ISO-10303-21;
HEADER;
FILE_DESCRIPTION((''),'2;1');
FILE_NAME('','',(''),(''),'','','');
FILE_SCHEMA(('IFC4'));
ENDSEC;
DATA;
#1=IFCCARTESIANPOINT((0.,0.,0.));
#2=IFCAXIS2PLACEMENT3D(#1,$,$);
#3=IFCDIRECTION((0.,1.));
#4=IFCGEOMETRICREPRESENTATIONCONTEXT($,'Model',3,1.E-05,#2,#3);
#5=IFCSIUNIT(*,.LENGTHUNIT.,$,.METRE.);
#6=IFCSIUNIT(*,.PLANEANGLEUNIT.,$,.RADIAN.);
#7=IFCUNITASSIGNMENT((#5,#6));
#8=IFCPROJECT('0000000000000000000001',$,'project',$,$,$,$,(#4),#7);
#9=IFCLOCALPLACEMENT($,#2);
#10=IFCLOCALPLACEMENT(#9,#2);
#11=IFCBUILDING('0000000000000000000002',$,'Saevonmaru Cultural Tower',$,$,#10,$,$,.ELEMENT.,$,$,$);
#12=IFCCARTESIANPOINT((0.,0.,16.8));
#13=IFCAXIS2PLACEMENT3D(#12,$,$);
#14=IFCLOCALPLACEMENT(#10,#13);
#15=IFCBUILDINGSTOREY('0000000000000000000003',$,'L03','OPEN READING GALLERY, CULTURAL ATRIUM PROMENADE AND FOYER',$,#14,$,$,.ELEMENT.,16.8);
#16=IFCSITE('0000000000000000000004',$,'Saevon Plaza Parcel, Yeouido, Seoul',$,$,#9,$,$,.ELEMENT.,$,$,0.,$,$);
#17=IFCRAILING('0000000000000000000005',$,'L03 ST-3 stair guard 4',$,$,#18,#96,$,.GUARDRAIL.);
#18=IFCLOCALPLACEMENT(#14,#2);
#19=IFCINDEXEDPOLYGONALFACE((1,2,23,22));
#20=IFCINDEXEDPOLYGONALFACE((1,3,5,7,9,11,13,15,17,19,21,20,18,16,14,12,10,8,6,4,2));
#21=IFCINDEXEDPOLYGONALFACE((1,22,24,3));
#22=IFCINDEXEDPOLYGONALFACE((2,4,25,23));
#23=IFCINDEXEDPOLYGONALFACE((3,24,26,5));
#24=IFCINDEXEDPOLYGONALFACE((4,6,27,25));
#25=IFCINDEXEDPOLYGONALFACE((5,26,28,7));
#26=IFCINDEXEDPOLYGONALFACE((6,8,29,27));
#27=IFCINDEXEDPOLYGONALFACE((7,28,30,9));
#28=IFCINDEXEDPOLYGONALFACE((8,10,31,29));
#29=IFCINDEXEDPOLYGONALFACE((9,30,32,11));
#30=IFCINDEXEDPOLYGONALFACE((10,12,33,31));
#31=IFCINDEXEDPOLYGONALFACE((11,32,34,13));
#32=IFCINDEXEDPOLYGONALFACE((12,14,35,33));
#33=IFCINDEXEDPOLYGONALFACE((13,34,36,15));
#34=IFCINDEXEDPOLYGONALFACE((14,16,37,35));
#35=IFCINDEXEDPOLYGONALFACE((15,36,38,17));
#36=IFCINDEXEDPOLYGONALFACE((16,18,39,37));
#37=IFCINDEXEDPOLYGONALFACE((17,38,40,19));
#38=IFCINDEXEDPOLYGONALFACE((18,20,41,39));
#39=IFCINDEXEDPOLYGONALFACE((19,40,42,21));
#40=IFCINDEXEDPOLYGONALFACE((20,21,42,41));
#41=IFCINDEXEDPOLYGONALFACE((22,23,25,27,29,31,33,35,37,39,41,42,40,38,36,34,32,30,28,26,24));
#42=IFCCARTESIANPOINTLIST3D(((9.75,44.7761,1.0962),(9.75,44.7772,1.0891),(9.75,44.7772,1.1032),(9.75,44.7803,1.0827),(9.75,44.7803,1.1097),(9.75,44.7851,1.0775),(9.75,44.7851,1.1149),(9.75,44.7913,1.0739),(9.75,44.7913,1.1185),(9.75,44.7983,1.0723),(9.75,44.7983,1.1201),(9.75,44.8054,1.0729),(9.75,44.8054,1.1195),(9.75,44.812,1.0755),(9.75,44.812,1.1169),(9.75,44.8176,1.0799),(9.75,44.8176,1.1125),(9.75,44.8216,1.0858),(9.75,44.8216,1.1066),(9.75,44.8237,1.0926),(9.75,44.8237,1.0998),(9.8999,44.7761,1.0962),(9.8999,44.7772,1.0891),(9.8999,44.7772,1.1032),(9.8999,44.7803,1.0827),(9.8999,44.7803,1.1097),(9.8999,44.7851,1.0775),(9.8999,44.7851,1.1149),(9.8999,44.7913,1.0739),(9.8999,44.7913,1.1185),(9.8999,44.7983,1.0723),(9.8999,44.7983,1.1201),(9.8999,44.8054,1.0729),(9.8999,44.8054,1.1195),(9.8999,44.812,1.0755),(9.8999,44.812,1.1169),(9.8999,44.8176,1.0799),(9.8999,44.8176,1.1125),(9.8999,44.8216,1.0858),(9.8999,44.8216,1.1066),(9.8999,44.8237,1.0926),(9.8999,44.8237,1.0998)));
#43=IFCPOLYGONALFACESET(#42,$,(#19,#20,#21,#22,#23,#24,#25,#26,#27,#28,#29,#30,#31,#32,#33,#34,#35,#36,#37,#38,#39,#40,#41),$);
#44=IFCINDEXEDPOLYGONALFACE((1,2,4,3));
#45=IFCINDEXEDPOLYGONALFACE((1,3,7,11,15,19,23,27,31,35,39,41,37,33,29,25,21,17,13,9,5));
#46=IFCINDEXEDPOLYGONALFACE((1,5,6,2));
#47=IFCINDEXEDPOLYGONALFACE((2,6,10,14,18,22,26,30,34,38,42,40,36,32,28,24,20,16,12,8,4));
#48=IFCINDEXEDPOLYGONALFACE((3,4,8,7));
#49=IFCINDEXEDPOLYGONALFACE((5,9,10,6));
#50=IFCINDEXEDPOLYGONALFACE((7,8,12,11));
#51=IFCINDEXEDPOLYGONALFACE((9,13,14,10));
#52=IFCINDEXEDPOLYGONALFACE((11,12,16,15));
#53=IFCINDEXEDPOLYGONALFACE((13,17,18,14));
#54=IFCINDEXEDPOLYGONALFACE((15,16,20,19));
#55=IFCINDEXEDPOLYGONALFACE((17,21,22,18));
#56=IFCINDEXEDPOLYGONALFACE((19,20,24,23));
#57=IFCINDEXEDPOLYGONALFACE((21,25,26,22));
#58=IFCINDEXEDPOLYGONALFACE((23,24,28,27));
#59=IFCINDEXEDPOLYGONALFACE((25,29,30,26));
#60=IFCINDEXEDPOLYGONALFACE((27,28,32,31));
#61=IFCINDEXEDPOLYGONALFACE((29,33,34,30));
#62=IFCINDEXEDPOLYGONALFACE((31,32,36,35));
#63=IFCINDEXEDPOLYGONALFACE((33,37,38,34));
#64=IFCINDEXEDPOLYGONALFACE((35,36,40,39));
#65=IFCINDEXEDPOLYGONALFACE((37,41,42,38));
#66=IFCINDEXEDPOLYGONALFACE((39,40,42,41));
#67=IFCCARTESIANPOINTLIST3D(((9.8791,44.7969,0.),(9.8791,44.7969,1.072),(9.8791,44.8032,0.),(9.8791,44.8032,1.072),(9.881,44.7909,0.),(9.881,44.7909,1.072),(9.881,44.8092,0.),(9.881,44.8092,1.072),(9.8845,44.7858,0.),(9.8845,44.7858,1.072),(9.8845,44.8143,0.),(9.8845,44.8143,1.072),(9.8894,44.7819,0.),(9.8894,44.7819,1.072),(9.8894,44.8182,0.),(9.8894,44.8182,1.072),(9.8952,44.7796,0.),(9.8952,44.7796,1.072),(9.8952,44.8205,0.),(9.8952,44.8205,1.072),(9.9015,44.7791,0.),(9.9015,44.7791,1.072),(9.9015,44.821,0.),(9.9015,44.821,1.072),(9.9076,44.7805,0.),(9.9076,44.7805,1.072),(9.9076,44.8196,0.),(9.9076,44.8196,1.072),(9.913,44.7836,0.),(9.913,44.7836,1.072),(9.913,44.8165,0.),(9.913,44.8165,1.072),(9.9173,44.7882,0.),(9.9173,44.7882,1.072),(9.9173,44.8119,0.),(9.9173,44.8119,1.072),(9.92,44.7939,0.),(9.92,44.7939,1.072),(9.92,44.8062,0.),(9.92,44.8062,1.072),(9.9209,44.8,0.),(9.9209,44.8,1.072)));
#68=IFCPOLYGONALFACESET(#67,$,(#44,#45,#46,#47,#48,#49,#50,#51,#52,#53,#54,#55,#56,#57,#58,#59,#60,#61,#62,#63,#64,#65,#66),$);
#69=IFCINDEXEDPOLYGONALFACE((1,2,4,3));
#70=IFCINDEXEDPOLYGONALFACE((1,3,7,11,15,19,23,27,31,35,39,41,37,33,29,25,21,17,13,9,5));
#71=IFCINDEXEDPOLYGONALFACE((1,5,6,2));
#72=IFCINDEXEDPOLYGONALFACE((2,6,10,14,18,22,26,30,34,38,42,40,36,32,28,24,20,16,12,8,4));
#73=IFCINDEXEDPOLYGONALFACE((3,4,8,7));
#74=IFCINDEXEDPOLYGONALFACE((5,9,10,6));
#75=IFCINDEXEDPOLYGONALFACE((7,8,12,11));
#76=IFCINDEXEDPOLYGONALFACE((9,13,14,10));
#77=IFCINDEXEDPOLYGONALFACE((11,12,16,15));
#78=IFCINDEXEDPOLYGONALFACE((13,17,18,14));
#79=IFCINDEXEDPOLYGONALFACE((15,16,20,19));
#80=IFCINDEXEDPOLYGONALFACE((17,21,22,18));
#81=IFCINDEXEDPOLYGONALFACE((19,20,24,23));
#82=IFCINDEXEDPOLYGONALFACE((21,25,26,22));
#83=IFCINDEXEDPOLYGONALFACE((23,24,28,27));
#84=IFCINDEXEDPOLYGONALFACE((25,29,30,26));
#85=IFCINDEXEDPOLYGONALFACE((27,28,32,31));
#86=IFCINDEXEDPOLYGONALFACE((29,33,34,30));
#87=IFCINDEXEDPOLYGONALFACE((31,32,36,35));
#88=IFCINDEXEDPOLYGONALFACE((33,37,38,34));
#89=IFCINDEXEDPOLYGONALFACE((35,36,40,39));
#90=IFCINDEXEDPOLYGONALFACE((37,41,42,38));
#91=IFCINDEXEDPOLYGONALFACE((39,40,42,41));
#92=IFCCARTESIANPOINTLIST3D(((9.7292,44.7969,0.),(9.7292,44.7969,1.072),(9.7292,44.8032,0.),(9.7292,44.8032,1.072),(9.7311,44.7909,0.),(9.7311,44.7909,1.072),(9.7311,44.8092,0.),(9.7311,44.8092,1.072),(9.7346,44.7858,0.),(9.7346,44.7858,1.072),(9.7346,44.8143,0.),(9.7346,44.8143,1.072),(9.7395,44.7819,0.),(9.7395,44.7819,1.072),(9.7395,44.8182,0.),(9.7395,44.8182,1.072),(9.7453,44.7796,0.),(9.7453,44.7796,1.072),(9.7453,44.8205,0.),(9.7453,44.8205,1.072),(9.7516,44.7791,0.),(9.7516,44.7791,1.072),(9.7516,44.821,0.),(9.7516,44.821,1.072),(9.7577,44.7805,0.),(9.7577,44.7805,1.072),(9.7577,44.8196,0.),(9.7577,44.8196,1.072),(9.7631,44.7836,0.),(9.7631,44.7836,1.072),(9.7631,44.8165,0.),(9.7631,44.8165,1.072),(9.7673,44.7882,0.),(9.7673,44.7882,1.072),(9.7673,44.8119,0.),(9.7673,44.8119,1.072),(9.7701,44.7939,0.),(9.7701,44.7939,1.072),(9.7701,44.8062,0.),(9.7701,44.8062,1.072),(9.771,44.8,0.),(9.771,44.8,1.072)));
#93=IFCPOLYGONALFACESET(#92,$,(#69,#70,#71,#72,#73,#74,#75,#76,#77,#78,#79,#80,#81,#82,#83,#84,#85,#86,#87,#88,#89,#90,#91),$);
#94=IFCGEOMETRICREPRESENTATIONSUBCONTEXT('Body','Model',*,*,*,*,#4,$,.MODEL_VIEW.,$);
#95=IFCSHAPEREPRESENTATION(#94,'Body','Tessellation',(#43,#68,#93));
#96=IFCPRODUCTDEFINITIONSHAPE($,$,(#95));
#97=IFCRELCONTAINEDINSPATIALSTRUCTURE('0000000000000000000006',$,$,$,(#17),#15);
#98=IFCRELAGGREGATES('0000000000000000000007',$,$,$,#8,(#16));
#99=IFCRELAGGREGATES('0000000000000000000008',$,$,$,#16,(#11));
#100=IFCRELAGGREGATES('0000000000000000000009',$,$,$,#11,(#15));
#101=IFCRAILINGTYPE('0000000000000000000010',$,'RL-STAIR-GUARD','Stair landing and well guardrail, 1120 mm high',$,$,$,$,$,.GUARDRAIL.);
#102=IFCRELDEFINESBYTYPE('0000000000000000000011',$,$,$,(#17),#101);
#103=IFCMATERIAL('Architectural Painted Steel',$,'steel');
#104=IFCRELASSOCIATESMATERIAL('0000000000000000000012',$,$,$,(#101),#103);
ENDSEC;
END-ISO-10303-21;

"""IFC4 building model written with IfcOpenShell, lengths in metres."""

from ifc_helpers import new_model, si_unit, direction, frame, origin, origin_2d, place, context, subcontext, project, spatial, circle, extrude, material, type_object, element, save


model = new_model("IFC4")

# Units and contexts
model_context = context("Model", 3, precision=1e-05, world=origin(), true_north=direction((0.0, 1.0)))
body_context = subcontext(model_context, "Body", "Model", "MODEL_VIEW")
ifc_project = project(units=[si_unit("LENGTHUNIT", "METRE"), si_unit("PLANEANGLEUNIT", "RADIAN")], contexts=[model_context])

# Site, building, storey
site_placement = place(None, origin())
site = spatial("IfcSite", under=ifc_project, at=site_placement, Name="Saevon Plaza Parcel, Yeouido, Seoul", CompositionType="ELEMENT", RefElevation=0.0)
building_placement = place(site_placement, origin())
building = spatial("IfcBuilding", under=site, at=building_placement, Name="Saevonmaru Cultural Tower", CompositionType="ELEMENT")
storey_placement = place(building_placement, frame((0.0, 0.0, 16.8)))
storey = spatial("IfcBuildingStorey", under=building, at=storey_placement, Name="L03", Description="OPEN READING GALLERY, CULTURAL ATRIUM PROMENADE AND FOYER", CompositionType="ELEMENT", Elevation=16.8)

# Railing
ifc_material_1 = material(Name="Architectural Painted Steel", Category="steel")
railing_type_1 = type_object("IfcRailingType", Name="RL-STAIR-GUARD", Description="Stair landing and well guardrail, 1120 mm high", PredefinedType="GUARDRAIL", material=ifc_material_1)
railing_1_placement = place(storey_placement, frame((9.8999, 44.8, 0.0)))
element("IfcRailing", 1, at=railing_1_placement, inside=storey, type_object=railing_type_1, Name="L03 ST-3 stair guard 4", PredefinedType="GUARDRAIL", context=body_context, shape_type="SweptSolid", body=[
    extrude(circle(Radius=0.0239, at=origin_2d()), frame((0.0, 0.0, 1.0962), z_axis=(-1.0, 0.0, 0.0), x_axis=(0.0, -1.0, 0.0)), (0.0, 0.0, 1.0), 0.1499),
    extrude(circle(Radius=0.021, at=origin_2d()), origin(), (0.0, 0.0, 1.0), 1.072),
    extrude(circle(Radius=0.021, at=origin_2d()), frame((-0.1499, 0.0, 0.0)), (0.0, 0.0, 1.0), 1.072),
])

save(model, "model.ifc")
